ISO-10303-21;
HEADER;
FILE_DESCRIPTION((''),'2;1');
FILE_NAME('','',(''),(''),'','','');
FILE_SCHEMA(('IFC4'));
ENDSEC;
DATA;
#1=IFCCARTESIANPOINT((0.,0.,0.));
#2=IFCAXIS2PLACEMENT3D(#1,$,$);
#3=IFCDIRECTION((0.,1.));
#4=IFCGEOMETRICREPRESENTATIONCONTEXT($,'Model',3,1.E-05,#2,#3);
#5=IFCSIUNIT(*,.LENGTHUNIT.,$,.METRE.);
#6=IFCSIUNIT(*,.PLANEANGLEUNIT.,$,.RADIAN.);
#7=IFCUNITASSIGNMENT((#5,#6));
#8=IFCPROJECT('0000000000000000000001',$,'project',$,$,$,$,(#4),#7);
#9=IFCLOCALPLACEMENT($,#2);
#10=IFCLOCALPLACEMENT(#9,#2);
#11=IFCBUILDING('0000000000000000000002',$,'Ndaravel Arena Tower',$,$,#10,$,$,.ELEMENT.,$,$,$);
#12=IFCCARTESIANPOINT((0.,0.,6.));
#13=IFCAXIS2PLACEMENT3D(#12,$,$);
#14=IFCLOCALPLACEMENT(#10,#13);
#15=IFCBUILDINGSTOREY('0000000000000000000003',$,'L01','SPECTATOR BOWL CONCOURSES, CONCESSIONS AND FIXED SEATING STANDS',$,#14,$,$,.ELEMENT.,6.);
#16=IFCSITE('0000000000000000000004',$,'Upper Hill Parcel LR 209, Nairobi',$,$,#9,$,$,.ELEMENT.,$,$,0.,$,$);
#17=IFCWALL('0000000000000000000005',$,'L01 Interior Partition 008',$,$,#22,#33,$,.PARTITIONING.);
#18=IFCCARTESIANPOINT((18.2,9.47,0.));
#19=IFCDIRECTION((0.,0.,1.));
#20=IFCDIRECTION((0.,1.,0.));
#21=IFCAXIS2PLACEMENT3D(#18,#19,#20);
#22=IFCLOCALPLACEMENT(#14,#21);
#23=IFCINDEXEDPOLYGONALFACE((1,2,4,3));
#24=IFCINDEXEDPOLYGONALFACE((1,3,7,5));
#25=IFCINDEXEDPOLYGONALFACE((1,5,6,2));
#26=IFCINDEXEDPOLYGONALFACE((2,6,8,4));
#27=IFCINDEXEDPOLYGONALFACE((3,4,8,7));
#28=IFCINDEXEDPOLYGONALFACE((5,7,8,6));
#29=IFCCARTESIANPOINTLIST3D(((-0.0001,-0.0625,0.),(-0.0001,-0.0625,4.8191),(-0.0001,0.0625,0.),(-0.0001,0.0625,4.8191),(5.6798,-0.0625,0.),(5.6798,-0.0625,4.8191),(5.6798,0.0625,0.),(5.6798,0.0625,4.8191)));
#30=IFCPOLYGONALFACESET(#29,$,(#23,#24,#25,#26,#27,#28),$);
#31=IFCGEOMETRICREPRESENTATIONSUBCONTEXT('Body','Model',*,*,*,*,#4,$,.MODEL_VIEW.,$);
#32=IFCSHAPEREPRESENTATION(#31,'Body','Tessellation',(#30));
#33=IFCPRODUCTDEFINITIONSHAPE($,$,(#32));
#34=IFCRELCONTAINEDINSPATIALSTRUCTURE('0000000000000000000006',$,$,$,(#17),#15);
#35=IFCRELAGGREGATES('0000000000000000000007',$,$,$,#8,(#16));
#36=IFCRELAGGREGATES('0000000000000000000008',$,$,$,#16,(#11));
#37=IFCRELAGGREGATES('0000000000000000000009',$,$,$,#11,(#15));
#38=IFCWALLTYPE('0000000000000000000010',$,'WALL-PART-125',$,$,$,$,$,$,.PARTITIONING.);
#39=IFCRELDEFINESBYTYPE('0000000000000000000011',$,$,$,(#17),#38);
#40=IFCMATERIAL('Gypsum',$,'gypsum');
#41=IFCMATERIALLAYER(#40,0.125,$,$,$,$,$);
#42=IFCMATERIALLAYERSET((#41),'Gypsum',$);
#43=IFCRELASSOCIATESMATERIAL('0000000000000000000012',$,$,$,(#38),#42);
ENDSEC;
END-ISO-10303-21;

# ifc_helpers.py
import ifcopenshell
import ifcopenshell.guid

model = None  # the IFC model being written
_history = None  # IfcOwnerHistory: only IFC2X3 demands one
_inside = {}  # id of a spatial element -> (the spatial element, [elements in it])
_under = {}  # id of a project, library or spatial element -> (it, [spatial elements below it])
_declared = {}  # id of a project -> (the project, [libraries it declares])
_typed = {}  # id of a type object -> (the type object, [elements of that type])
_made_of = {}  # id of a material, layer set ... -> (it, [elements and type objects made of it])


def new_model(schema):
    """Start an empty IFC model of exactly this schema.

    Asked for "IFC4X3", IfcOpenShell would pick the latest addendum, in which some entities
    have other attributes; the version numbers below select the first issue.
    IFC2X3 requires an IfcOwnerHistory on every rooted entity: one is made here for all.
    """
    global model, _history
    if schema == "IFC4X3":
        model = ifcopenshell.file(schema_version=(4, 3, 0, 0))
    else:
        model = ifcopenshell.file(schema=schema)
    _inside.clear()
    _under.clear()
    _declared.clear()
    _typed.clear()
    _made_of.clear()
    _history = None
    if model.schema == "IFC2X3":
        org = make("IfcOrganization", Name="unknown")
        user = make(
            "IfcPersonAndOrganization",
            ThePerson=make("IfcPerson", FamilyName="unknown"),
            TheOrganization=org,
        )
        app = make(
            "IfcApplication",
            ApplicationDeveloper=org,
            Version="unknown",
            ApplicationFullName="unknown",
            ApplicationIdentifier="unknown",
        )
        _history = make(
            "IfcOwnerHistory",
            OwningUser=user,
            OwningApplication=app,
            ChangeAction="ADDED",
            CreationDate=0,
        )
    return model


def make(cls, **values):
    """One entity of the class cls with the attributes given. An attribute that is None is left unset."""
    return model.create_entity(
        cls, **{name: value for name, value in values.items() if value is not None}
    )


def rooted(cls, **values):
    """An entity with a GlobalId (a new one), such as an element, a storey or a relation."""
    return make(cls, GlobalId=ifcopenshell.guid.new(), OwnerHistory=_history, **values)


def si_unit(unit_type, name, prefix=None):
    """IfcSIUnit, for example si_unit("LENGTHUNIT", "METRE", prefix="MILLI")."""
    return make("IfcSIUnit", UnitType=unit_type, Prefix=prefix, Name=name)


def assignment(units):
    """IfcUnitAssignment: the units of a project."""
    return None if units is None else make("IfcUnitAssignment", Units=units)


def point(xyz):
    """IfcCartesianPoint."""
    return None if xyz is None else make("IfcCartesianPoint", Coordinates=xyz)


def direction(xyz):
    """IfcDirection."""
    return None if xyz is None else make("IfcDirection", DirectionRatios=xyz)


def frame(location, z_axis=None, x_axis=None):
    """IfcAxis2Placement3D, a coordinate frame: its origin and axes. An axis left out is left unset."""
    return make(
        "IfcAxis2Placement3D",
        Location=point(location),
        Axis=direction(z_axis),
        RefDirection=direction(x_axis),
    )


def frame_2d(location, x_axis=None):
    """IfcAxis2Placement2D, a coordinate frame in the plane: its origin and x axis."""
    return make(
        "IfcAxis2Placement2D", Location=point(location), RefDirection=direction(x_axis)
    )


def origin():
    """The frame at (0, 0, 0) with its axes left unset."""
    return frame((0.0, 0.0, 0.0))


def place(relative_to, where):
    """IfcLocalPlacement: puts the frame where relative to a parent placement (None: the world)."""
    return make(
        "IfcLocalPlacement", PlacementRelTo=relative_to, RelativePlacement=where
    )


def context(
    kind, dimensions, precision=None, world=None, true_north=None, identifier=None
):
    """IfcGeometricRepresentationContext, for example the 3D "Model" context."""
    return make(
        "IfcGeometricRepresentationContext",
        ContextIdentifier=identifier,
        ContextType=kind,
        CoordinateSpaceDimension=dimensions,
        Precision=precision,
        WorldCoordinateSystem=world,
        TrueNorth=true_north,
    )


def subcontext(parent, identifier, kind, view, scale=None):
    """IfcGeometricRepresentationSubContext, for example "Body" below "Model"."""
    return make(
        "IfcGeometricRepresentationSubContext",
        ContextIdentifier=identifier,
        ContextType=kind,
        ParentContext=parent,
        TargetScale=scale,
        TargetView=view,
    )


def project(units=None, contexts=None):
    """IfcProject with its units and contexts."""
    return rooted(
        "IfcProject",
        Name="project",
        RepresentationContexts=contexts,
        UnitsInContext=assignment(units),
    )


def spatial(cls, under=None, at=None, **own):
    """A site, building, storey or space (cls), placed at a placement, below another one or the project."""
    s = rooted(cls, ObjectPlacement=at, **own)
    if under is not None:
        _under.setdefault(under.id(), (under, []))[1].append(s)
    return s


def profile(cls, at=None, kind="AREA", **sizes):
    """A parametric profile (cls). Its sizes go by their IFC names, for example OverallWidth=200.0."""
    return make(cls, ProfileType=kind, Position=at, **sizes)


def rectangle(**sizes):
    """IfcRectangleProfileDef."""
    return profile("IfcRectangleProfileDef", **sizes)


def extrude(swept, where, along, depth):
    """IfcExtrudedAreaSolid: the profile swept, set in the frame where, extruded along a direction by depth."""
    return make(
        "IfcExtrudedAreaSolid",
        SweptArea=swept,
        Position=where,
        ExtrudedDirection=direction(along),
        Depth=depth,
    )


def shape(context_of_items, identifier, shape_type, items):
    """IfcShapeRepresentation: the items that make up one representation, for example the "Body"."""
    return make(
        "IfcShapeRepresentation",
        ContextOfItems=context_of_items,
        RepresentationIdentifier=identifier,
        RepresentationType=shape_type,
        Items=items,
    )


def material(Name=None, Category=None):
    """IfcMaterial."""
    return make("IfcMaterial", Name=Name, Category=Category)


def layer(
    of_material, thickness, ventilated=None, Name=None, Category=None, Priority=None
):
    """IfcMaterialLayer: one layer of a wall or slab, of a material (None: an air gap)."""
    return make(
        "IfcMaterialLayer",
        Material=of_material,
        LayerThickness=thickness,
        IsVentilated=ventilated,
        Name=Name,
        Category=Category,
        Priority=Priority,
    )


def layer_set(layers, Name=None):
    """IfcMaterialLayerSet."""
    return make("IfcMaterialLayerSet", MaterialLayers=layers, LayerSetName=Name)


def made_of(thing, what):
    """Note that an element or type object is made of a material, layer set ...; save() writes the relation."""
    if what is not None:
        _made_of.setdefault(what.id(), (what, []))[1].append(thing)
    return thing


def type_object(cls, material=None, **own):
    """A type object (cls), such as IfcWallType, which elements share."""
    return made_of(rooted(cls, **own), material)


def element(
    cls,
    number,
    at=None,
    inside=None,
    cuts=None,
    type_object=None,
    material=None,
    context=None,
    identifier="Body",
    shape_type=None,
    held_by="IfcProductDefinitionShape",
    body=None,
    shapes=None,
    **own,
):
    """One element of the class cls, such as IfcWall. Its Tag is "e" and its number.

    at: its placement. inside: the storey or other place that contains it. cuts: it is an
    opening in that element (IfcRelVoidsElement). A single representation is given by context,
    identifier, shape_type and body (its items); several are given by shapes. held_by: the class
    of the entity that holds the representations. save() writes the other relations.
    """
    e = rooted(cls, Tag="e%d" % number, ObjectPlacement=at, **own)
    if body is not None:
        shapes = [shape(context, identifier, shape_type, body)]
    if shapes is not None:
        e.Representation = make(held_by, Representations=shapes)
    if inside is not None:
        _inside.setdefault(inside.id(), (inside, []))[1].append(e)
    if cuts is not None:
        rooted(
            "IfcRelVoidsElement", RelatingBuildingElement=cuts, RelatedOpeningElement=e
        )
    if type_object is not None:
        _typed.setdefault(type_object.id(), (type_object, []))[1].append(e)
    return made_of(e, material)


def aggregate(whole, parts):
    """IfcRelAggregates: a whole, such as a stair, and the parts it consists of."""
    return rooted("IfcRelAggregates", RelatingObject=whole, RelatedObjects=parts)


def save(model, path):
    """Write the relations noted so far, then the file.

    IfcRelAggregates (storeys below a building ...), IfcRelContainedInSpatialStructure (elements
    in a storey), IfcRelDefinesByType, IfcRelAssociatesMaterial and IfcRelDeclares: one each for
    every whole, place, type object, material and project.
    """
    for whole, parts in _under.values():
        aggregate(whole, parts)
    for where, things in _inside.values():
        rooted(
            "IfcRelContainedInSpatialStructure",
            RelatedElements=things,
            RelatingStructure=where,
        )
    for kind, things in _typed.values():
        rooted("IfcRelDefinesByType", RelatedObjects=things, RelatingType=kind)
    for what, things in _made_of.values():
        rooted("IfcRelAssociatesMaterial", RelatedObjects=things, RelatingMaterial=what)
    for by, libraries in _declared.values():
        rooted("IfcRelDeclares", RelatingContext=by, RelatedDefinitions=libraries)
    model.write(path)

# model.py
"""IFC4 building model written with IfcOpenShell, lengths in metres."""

from ifc_helpers import new_model, si_unit, direction, frame, frame_2d, origin, place, context, subcontext, project, spatial, rectangle, extrude, material, layer, layer_set, type_object, element, save


model = new_model("IFC4")

# Units and contexts
model_context = context("Model", 3, precision=1e-05, world=origin(), true_north=direction((0.0, 1.0)))
body_context = subcontext(model_context, "Body", "Model", "MODEL_VIEW")
ifc_project = project(units=[si_unit("LENGTHUNIT", "METRE"), si_unit("PLANEANGLEUNIT", "RADIAN")], contexts=[model_context])

# Site, building, storey
site_placement = place(None, origin())
site = spatial("IfcSite", under=ifc_project, at=site_placement, Name="Upper Hill Parcel LR 209, Nairobi", CompositionType="ELEMENT", RefElevation=0.0)
building_placement = place(site_placement, origin())
building = spatial("IfcBuilding", under=site, at=building_placement, Name="Ndaravel Arena Tower", CompositionType="ELEMENT")
storey_placement = place(building_placement, frame((0.0, 0.0, 6.0)))
storey = spatial("IfcBuildingStorey", under=building, at=storey_placement, Name="L01", Description="SPECTATOR BOWL CONCOURSES, CONCESSIONS AND FIXED SEATING STANDS", CompositionType="ELEMENT", Elevation=6.0)

# Wall
ifc_material_1 = material(Name="Gypsum", Category="gypsum")
ifc_layer_1 = layer(ifc_material_1, 0.125)
ifc_layer_set_1 = layer_set([ifc_layer_1], Name="Gypsum")
wall_type_1 = type_object("IfcWallType", Name="WALL-PART-125", PredefinedType="PARTITIONING", material=ifc_layer_set_1)
wall_1_placement = place(storey_placement, frame((18.2, 9.47, 0.0), z_axis=(0.0, 0.0, 1.0), x_axis=(0.0, 1.0, 0.0)))
element("IfcWall", 1, at=wall_1_placement, inside=storey, type_object=wall_type_1, Name="L01 Interior Partition 008", PredefinedType="PARTITIONING", context=body_context, shape_type="SweptSolid", body=[
    extrude(rectangle(XDim=5.6799, YDim=0.125, at=frame_2d((2.8398, 0.0))), origin(), (0.0, 0.0, 1.0), 4.8191),
])

save(model, "model.ifc")
